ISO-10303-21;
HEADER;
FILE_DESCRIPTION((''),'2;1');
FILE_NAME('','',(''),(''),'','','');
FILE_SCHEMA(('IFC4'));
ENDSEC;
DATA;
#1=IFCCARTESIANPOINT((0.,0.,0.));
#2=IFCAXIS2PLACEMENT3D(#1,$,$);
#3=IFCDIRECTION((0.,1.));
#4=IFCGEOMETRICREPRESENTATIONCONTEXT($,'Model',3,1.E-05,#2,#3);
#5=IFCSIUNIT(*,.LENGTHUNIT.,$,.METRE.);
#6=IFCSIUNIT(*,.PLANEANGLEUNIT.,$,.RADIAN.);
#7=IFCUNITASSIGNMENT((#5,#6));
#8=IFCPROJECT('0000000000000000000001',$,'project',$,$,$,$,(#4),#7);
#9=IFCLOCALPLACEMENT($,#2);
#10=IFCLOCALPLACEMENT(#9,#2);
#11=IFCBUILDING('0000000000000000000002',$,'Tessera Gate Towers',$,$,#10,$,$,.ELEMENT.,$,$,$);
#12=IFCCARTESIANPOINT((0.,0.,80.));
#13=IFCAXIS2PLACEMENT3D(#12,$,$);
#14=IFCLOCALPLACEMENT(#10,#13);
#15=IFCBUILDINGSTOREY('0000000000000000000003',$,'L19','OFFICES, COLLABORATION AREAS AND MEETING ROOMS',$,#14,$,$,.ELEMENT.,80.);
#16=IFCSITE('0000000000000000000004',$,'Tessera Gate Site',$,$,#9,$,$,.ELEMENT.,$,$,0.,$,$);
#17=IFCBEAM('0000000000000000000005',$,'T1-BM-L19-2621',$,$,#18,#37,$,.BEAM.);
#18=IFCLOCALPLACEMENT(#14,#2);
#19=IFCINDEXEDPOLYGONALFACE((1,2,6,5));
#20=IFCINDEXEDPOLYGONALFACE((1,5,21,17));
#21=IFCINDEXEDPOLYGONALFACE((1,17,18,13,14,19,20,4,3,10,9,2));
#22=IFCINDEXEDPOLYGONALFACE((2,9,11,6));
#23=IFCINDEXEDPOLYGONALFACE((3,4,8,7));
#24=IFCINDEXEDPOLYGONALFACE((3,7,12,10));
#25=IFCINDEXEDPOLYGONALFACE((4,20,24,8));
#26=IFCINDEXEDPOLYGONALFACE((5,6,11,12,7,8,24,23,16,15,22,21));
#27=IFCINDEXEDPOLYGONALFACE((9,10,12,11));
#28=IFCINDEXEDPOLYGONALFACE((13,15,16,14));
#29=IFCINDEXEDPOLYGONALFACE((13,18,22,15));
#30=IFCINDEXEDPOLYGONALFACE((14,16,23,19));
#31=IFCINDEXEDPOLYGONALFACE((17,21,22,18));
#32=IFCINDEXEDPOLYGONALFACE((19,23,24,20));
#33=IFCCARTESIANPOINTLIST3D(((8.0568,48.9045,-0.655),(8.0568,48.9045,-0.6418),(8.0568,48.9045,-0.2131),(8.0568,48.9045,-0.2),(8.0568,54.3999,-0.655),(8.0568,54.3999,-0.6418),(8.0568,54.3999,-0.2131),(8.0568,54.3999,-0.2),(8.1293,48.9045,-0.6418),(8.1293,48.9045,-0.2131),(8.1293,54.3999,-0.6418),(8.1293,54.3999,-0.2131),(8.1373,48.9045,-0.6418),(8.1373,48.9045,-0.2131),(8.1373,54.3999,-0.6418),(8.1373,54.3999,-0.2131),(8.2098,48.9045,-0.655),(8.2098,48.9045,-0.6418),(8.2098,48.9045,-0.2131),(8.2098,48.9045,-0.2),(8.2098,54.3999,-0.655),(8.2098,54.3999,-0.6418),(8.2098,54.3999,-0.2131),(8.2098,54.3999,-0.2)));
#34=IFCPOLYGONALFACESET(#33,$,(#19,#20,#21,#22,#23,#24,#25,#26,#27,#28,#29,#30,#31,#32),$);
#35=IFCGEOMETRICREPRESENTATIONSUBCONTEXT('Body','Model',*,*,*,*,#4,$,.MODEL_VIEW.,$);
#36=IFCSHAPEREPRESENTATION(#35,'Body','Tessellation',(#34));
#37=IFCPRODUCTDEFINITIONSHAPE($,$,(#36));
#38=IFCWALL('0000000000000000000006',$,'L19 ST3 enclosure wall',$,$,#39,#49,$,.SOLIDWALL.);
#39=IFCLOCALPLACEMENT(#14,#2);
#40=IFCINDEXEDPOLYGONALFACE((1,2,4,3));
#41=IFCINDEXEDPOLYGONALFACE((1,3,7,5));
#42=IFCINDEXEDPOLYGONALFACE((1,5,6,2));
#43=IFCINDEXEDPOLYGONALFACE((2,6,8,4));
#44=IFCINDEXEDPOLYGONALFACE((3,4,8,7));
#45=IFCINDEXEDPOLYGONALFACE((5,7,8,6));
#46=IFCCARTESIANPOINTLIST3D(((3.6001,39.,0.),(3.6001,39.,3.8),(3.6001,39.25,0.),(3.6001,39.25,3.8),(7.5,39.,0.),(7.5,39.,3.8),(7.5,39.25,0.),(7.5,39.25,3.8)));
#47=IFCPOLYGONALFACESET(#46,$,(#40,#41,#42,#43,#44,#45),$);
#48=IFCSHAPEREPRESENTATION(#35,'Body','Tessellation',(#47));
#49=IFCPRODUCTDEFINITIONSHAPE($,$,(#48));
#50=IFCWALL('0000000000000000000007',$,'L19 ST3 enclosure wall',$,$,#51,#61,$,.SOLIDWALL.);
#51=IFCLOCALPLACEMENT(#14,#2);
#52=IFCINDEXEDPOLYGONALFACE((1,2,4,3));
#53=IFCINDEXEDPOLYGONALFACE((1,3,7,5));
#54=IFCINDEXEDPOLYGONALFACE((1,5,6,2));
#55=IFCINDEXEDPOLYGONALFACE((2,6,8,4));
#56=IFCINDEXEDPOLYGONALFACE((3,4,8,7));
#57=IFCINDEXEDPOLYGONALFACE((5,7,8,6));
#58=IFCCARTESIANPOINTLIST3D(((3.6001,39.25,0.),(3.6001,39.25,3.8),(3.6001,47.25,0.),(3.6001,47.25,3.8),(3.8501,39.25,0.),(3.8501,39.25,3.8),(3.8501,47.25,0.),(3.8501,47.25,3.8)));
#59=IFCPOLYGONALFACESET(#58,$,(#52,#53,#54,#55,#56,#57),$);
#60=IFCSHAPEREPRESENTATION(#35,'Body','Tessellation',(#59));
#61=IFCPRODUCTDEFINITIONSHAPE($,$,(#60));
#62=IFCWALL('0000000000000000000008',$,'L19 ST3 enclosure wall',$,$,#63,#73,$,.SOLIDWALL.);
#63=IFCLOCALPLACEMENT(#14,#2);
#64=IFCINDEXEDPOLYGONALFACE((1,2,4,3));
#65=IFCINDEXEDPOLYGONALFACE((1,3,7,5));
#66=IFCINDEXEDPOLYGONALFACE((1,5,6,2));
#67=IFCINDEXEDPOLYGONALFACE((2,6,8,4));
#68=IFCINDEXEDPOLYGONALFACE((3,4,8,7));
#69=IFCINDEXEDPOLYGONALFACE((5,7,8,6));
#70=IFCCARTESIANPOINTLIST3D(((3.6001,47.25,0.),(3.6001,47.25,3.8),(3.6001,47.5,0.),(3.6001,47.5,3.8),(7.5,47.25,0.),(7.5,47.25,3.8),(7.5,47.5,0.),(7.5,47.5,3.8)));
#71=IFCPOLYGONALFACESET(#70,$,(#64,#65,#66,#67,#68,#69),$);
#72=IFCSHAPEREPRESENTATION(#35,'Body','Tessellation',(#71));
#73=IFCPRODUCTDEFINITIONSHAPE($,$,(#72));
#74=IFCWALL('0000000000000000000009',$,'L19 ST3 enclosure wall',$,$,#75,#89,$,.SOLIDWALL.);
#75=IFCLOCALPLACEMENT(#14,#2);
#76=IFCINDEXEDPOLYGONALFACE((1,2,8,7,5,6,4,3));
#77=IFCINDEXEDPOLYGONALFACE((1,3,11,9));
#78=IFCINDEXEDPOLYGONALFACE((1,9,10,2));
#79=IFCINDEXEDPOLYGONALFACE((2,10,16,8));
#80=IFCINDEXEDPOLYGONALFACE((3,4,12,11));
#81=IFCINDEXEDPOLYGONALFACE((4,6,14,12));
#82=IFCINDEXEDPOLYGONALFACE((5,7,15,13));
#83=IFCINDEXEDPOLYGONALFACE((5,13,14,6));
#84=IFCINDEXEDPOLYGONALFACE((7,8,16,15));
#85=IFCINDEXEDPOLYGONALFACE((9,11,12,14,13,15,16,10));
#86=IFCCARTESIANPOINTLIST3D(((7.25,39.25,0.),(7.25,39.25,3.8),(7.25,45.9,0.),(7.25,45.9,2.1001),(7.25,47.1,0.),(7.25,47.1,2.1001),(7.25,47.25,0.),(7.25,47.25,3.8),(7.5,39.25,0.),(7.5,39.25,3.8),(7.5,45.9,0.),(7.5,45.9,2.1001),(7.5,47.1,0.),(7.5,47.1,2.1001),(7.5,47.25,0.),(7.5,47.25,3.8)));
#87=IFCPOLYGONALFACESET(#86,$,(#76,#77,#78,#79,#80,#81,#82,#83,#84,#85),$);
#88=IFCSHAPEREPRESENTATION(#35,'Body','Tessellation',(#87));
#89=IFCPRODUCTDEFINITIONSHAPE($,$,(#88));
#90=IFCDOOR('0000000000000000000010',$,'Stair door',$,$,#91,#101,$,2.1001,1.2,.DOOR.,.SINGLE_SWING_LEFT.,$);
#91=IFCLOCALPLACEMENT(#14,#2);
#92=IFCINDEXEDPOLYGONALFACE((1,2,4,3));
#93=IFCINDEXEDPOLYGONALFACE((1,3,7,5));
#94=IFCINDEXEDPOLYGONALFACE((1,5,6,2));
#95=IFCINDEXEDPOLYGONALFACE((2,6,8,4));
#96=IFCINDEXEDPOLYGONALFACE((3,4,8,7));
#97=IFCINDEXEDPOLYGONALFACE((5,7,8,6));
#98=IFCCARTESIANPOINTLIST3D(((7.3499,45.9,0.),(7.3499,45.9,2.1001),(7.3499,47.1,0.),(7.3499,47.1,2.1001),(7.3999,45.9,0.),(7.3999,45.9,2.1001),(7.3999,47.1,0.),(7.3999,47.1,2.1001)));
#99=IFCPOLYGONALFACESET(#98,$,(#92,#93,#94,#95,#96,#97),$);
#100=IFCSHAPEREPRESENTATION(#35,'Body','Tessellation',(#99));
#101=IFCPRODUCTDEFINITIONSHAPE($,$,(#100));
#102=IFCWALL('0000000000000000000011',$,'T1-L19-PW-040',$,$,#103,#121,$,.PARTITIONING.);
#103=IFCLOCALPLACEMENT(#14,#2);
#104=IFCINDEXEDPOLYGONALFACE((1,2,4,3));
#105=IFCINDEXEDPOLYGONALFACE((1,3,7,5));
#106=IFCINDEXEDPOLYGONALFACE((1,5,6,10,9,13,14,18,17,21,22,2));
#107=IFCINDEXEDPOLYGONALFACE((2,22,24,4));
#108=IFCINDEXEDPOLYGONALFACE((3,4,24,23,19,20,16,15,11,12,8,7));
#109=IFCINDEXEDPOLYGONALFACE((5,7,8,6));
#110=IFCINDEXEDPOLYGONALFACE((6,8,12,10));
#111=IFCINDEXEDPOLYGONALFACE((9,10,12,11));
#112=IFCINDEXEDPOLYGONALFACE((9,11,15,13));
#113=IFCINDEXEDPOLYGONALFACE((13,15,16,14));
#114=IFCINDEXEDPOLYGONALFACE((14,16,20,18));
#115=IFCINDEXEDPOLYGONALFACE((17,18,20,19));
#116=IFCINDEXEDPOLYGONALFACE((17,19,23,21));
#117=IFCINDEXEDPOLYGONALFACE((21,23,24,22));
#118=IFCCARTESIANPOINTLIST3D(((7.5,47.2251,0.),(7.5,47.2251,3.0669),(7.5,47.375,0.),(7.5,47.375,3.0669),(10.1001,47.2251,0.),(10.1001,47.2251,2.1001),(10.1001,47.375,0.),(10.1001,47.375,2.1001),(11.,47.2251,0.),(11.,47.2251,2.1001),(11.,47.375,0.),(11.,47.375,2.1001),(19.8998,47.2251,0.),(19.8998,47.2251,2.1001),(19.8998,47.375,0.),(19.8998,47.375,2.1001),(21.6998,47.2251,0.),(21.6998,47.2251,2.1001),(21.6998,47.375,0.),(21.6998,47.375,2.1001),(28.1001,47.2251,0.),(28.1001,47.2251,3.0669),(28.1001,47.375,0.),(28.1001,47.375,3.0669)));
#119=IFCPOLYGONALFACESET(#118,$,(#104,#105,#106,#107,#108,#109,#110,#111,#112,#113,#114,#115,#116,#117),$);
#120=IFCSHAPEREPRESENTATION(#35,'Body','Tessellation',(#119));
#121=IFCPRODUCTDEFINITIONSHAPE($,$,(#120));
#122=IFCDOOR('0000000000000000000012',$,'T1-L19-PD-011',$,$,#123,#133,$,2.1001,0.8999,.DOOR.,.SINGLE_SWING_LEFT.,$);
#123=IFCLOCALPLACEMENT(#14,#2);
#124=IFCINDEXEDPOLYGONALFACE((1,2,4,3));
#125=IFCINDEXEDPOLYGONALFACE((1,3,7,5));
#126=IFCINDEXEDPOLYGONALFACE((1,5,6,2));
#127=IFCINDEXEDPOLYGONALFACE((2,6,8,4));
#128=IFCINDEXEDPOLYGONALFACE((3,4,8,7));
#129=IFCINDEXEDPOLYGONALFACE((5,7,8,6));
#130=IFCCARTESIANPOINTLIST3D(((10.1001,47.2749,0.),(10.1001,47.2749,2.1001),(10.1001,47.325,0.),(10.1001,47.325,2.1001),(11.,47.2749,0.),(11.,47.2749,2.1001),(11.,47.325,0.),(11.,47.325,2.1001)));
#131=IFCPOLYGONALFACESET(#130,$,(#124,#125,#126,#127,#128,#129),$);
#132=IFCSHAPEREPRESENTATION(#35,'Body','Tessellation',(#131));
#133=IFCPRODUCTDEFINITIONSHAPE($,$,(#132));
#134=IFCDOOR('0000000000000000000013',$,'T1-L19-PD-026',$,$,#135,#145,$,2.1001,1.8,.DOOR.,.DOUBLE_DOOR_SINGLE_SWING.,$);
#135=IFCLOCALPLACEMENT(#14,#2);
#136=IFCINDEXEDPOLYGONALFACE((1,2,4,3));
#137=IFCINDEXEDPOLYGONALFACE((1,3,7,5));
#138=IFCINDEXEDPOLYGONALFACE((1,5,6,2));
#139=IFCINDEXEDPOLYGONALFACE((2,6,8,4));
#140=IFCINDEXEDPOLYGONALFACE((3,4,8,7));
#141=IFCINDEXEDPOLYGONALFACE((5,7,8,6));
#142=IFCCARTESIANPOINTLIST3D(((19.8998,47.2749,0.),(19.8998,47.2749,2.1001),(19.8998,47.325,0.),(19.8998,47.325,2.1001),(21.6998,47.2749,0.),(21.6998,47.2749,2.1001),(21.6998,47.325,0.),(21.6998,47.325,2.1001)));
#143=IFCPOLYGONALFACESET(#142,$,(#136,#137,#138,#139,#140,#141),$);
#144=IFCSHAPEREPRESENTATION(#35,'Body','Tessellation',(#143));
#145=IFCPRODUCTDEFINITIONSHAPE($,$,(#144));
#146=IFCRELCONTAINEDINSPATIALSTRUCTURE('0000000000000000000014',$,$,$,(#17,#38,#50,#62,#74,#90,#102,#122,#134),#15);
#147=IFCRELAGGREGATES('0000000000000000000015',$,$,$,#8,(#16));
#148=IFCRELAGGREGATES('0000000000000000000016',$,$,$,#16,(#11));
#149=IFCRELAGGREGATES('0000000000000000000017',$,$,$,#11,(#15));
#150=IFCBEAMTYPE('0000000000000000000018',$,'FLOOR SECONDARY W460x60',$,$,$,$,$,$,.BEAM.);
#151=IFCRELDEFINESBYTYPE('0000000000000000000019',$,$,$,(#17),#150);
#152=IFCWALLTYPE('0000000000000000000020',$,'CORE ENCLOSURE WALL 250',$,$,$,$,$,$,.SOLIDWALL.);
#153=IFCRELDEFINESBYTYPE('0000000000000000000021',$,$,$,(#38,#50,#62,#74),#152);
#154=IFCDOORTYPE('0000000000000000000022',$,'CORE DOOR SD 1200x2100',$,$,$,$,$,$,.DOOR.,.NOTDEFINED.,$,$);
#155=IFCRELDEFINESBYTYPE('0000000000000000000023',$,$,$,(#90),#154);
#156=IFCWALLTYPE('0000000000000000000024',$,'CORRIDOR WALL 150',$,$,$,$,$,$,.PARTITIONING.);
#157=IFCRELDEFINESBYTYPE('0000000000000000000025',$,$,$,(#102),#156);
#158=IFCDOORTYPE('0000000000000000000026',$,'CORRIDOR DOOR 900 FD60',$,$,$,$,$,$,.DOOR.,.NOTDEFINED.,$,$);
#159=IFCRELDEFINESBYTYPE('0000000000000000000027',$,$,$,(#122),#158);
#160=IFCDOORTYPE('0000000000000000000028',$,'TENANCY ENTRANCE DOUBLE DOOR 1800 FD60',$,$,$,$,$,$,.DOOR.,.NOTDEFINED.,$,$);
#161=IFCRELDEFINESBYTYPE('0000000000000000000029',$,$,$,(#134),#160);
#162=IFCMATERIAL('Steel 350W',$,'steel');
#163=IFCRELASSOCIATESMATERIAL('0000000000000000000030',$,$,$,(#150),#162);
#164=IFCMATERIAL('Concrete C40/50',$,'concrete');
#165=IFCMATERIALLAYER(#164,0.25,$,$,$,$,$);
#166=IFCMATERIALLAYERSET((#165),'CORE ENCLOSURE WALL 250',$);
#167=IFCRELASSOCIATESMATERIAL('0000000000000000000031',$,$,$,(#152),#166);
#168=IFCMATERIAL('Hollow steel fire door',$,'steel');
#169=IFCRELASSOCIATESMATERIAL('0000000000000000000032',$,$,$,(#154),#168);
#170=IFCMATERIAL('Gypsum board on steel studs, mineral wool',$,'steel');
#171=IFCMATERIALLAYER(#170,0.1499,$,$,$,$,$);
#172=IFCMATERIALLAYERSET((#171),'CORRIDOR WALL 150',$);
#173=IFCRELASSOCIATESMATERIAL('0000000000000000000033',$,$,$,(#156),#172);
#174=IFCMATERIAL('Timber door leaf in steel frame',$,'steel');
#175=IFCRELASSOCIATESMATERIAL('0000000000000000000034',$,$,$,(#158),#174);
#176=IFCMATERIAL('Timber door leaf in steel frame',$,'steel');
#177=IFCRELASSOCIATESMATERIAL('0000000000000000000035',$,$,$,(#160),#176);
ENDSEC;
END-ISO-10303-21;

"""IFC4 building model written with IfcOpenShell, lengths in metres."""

from ifc_helpers import new_model, si_unit, direction, frame, frame_2d, origin, origin_2d, place, context, subcontext, project, spatial, rectangle, i_section, extrude, source, transform, mapped, material, layer, layer_set, material_profile, profile_set, type_object, element, fill, save


model = new_model("IFC4")

# Units and contexts
model_context = context("Model", 3, precision=1e-05, world=origin(), true_north=direction((0.0, 1.0)))
body_context = subcontext(model_context, "Body", "Model", "MODEL_VIEW")
ifc_project = project(units=[si_unit("LENGTHUNIT", "METRE"), si_unit("PLANEANGLEUNIT", "RADIAN")], contexts=[model_context])

# Site, building, storey
site_placement = place(None, origin())
site = spatial("IfcSite", under=ifc_project, at=site_placement, Name="Tessera Gate Site", CompositionType="ELEMENT", RefElevation=0.0)
building_placement = place(site_placement, origin())
building = spatial("IfcBuilding", under=site, at=building_placement, Name="Tessera Gate Towers", CompositionType="ELEMENT")
storey_placement = place(building_placement, frame((0.0, 0.0, 80.0)))
storey = spatial("IfcBuildingStorey", under=building, at=storey_placement, Name="L19", Description="OFFICES, COLLABORATION AREAS AND MEETING ROOMS", CompositionType="ELEMENT", Elevation=80.0)

# Beam
ifc_material_1 = material(Name="Steel 350W", Category="steel")
ifc_material_profile_1 = material_profile(ifc_material_1, i_section(OverallWidth=0.1531, OverallDepth=0.4551, WebThickness=0.0081, FlangeThickness=0.0132, at=origin_2d()), Name="W460x60")
ifc_profile_set_1 = profile_set([ifc_material_profile_1], Name="Steel 350W")
beam_type_1 = type_object("IfcBeamType", Name="FLOOR SECONDARY W460x60", PredefinedType="BEAM", material=ifc_profile_set_1)
beam_1_placement = place(storey_placement, frame((8.1333, 48.9045, -0.4275), z_axis=(0.0, 1.0, 0.0), x_axis=(-1.0, 0.0, 0.0)))
element("IfcBeam", 1, at=beam_1_placement, inside=storey, type_object=beam_type_1, Name="T1-BM-L19-2621", PredefinedType="BEAM", context=body_context, shape_type="SweptSolid", body=[
    extrude(i_section(OverallWidth=0.1531, OverallDepth=0.4551, WebThickness=0.0081, FlangeThickness=0.0132, at=origin_2d()), origin(), (0.0, 0.0, 1.0), 5.4954),
])

# Walls
ifc_material_2 = material(Name="Concrete C40/50", Category="concrete")
ifc_layer_1 = layer(ifc_material_2, 0.25)
ifc_layer_set_1 = layer_set([ifc_layer_1], Name="CORE ENCLOSURE WALL 250")
wall_type_1 = type_object("IfcWallType", Name="CORE ENCLOSURE WALL 250", PredefinedType="SOLIDWALL", material=ifc_layer_set_1)
wall_1_placement = place(storey_placement, frame((7.5, 39.125, 0.0), z_axis=(0.0, 0.0, 1.0), x_axis=(-1.0, 0.0, 0.0)))
element("IfcWall", 2, at=wall_1_placement, inside=storey, type_object=wall_type_1, Name="L19 ST3 enclosure wall", PredefinedType="SOLIDWALL", context=body_context, shape_type="SweptSolid", body=[
    extrude(rectangle(XDim=3.8999, YDim=0.25, at=frame_2d((1.95, 0.0))), origin(), (0.0, 0.0, 1.0), 3.8),
])
wall_2_placement = place(storey_placement, frame((3.7251, 39.25, 0.0), z_axis=(0.0, 0.0, 1.0), x_axis=(0.0, 1.0, 0.0)))
element("IfcWall", 3, at=wall_2_placement, inside=storey, type_object=wall_type_1, Name="L19 ST3 enclosure wall", PredefinedType="SOLIDWALL", context=body_context, shape_type="SweptSolid", body=[
    extrude(rectangle(XDim=8.0, YDim=0.25, at=frame_2d((4.0, 0.0))), origin(), (0.0, 0.0, 1.0), 3.8),
])
wall_3_placement = place(storey_placement, frame((3.6001, 47.375, 0.0), z_axis=(0.0, 0.0, 1.0), x_axis=(1.0, 0.0, 0.0)))
element("IfcWall", 4, at=wall_3_placement, inside=storey, type_object=wall_type_1, Name="L19 ST3 enclosure wall", PredefinedType="SOLIDWALL", context=body_context, shape_type="SweptSolid", body=[
    extrude(rectangle(XDim=3.8999, YDim=0.25, at=frame_2d((1.95, 0.0))), origin(), (0.0, 0.0, 1.0), 3.8),
])

# Wall, opening, door
wall_4_placement = place(storey_placement, frame((7.375, 47.25, 0.0), z_axis=(0.0, 0.0, 1.0), x_axis=(0.0, -1.0, 0.0)))
wall_4 = element("IfcWall", 5, at=wall_4_placement, inside=storey, type_object=wall_type_1, Name="L19 ST3 enclosure wall", PredefinedType="SOLIDWALL", context=body_context, shape_type="SweptSolid", body=[
    extrude(rectangle(XDim=8.0, YDim=0.25, at=frame_2d((4.0, 0.0))), origin(), (0.0, 0.0, 1.0), 3.8),
])
shared_shape_1 = source(origin(), body_context, "Body", "SweptSolid", [
    extrude(rectangle(XDim=1.2, YDim=2.1001, at=frame_2d((0.6001, 1.05))), frame((0.0, 0.135, 0.0), z_axis=(0.0, -1.0, 0.0), x_axis=(1.0, 0.0, 0.0)), (0.0, 0.0, 1.0), 0.27),
])
opening_1_placement = place(wall_4_placement, frame((0.1499, 0.0, 0.0)))
opening_1 = element("IfcOpeningElement", 6, at=opening_1_placement, cuts=wall_4, PredefinedType="OPENING", context=body_context, shape_type="MappedRepresentation", body=[
    mapped(shared_shape_1, transform((0.0, 0.0, 0.0), scale=1.0)),
])
ifc_material_3 = material(Name="Hollow steel fire door", Category="steel")
door_type_1 = type_object("IfcDoorType", Name="CORE DOOR SD 1200x2100", OperationType="NOTDEFINED", PredefinedType="DOOR", material=ifc_material_3)
shared_shape_2 = source(origin(), body_context, "Body", "SweptSolid", [
    extrude(rectangle(XDim=1.2, YDim=2.1001, at=frame_2d((0.6001, 1.05))), frame((0.0, 0.0249, 0.0), z_axis=(0.0, -1.0, 0.0), x_axis=(1.0, 0.0, 0.0)), (0.0, 0.0, 1.0), 0.05),
])
door_1_placement = place(opening_1_placement, origin())
door_1 = element("IfcDoor", 7, at=door_1_placement, inside=storey, type_object=door_type_1, Name="Stair door", OperationType="SINGLE_SWING_LEFT", OverallHeight=2.1001, OverallWidth=1.2, PredefinedType="DOOR", context=body_context, shape_type="MappedRepresentation", body=[
    mapped(shared_shape_2, transform((0.0, 0.0, 0.0), scale=1.0)),
])
fill(opening_1, door_1)

# Wall, openings, doors
ifc_material_4 = material(Name="Gypsum board on steel studs, mineral wool", Category="steel")
ifc_layer_2 = layer(ifc_material_4, 0.1499)
ifc_layer_set_2 = layer_set([ifc_layer_2], Name="CORRIDOR WALL 150")
wall_type_2 = type_object("IfcWallType", Name="CORRIDOR WALL 150", PredefinedType="PARTITIONING", material=ifc_layer_set_2)
wall_5_placement = place(storey_placement, frame((7.5, 47.3, 0.0), z_axis=(0.0, 0.0, 1.0), x_axis=(1.0, 0.0, 0.0)))
wall_5 = element("IfcWall", 8, at=wall_5_placement, inside=storey, type_object=wall_type_2, Name="T1-L19-PW-040", PredefinedType="PARTITIONING", context=body_context, shape_type="SweptSolid", body=[
    extrude(rectangle(XDim=20.6001, YDim=0.1499, at=frame_2d((10.3, 0.0))), origin(), (0.0, 0.0, 1.0), 3.0669),
])
shared_shape_3 = source(origin(), body_context, "Body", "SweptSolid", [
    extrude(rectangle(XDim=0.8999, YDim=2.1001, at=frame_2d((0.45, 1.05))), frame((0.0, 0.085, 0.0), z_axis=(0.0, -1.0, 0.0), x_axis=(1.0, 0.0, 0.0)), (0.0, 0.0, 1.0), 0.1699),
])
opening_2_placement = place(wall_5_placement, frame((2.6001, 0.0, 0.0)))
opening_2 = element("IfcOpeningElement", 9, at=opening_2_placement, cuts=wall_5, PredefinedType="OPENING", context=body_context, shape_type="MappedRepresentation", body=[
    mapped(shared_shape_3, transform((0.0, 0.0, 0.0), scale=1.0)),
])
shared_shape_4 = source(origin(), body_context, "Body", "SweptSolid", [
    extrude(rectangle(XDim=1.8, YDim=2.1001, at=frame_2d((0.8999, 1.05))), frame((0.0, 0.085, 0.0), z_axis=(0.0, -1.0, 0.0), x_axis=(1.0, 0.0, 0.0)), (0.0, 0.0, 1.0), 0.1699),
])
opening_3_placement = place(wall_5_placement, frame((12.3999, 0.0, 0.0)))
opening_3 = element("IfcOpeningElement", 10, at=opening_3_placement, cuts=wall_5, PredefinedType="OPENING", context=body_context, shape_type="MappedRepresentation", body=[
    mapped(shared_shape_4, transform((0.0, 0.0, 0.0), scale=1.0)),
])
ifc_material_5 = material(Name="Timber door leaf in steel frame", Category="steel")
door_type_2 = type_object("IfcDoorType", Name="CORRIDOR DOOR 900 FD60", OperationType="NOTDEFINED", PredefinedType="DOOR", material=ifc_material_5)
shared_shape_5 = source(origin(), body_context, "Body", "SweptSolid", [
    extrude(rectangle(XDim=0.8999, YDim=2.1001, at=frame_2d((0.45, 1.05))), frame((0.0, 0.0249, 0.0), z_axis=(0.0, -1.0, 0.0), x_axis=(1.0, 0.0, 0.0)), (0.0, 0.0, 1.0), 0.05),
])
door_2_placement = place(opening_2_placement, origin())
door_2 = element("IfcDoor", 11, at=door_2_placement, inside=storey, type_object=door_type_2, Name="T1-L19-PD-011", OperationType="SINGLE_SWING_LEFT", OverallHeight=2.1001, OverallWidth=0.8999, PredefinedType="DOOR", context=body_context, shape_type="MappedRepresentation", body=[
    mapped(shared_shape_5, transform((0.0, 0.0, 0.0), scale=1.0)),
])
fill(opening_2, door_2)
ifc_material_6 = material(Name="Timber door leaf in steel frame", Category="steel")
door_type_3 = type_object("IfcDoorType", Name="TENANCY ENTRANCE DOUBLE DOOR 1800 FD60", OperationType="NOTDEFINED", PredefinedType="DOOR", material=ifc_material_6)
shared_shape_6 = source(origin(), body_context, "Body", "SweptSolid", [
    extrude(rectangle(XDim=1.8, YDim=2.1001, at=frame_2d((0.8999, 1.05))), frame((0.0, 0.0249, 0.0), z_axis=(0.0, -1.0, 0.0), x_axis=(1.0, 0.0, 0.0)), (0.0, 0.0, 1.0), 0.05),
])
door_3_placement = place(opening_3_placement, origin())
door_3 = element("IfcDoor", 12, at=door_3_placement, inside=storey, type_object=door_type_3, Name="T1-L19-PD-026", OperationType="DOUBLE_DOOR_SINGLE_SWING", OverallHeight=2.1001, OverallWidth=1.8, PredefinedType="DOOR", context=body_context, shape_type="MappedRepresentation", body=[
    mapped(shared_shape_6, transform((0.0, 0.0, 0.0), scale=1.0)),
])
fill(opening_3, door_3)

save(model, "model.ifc")
